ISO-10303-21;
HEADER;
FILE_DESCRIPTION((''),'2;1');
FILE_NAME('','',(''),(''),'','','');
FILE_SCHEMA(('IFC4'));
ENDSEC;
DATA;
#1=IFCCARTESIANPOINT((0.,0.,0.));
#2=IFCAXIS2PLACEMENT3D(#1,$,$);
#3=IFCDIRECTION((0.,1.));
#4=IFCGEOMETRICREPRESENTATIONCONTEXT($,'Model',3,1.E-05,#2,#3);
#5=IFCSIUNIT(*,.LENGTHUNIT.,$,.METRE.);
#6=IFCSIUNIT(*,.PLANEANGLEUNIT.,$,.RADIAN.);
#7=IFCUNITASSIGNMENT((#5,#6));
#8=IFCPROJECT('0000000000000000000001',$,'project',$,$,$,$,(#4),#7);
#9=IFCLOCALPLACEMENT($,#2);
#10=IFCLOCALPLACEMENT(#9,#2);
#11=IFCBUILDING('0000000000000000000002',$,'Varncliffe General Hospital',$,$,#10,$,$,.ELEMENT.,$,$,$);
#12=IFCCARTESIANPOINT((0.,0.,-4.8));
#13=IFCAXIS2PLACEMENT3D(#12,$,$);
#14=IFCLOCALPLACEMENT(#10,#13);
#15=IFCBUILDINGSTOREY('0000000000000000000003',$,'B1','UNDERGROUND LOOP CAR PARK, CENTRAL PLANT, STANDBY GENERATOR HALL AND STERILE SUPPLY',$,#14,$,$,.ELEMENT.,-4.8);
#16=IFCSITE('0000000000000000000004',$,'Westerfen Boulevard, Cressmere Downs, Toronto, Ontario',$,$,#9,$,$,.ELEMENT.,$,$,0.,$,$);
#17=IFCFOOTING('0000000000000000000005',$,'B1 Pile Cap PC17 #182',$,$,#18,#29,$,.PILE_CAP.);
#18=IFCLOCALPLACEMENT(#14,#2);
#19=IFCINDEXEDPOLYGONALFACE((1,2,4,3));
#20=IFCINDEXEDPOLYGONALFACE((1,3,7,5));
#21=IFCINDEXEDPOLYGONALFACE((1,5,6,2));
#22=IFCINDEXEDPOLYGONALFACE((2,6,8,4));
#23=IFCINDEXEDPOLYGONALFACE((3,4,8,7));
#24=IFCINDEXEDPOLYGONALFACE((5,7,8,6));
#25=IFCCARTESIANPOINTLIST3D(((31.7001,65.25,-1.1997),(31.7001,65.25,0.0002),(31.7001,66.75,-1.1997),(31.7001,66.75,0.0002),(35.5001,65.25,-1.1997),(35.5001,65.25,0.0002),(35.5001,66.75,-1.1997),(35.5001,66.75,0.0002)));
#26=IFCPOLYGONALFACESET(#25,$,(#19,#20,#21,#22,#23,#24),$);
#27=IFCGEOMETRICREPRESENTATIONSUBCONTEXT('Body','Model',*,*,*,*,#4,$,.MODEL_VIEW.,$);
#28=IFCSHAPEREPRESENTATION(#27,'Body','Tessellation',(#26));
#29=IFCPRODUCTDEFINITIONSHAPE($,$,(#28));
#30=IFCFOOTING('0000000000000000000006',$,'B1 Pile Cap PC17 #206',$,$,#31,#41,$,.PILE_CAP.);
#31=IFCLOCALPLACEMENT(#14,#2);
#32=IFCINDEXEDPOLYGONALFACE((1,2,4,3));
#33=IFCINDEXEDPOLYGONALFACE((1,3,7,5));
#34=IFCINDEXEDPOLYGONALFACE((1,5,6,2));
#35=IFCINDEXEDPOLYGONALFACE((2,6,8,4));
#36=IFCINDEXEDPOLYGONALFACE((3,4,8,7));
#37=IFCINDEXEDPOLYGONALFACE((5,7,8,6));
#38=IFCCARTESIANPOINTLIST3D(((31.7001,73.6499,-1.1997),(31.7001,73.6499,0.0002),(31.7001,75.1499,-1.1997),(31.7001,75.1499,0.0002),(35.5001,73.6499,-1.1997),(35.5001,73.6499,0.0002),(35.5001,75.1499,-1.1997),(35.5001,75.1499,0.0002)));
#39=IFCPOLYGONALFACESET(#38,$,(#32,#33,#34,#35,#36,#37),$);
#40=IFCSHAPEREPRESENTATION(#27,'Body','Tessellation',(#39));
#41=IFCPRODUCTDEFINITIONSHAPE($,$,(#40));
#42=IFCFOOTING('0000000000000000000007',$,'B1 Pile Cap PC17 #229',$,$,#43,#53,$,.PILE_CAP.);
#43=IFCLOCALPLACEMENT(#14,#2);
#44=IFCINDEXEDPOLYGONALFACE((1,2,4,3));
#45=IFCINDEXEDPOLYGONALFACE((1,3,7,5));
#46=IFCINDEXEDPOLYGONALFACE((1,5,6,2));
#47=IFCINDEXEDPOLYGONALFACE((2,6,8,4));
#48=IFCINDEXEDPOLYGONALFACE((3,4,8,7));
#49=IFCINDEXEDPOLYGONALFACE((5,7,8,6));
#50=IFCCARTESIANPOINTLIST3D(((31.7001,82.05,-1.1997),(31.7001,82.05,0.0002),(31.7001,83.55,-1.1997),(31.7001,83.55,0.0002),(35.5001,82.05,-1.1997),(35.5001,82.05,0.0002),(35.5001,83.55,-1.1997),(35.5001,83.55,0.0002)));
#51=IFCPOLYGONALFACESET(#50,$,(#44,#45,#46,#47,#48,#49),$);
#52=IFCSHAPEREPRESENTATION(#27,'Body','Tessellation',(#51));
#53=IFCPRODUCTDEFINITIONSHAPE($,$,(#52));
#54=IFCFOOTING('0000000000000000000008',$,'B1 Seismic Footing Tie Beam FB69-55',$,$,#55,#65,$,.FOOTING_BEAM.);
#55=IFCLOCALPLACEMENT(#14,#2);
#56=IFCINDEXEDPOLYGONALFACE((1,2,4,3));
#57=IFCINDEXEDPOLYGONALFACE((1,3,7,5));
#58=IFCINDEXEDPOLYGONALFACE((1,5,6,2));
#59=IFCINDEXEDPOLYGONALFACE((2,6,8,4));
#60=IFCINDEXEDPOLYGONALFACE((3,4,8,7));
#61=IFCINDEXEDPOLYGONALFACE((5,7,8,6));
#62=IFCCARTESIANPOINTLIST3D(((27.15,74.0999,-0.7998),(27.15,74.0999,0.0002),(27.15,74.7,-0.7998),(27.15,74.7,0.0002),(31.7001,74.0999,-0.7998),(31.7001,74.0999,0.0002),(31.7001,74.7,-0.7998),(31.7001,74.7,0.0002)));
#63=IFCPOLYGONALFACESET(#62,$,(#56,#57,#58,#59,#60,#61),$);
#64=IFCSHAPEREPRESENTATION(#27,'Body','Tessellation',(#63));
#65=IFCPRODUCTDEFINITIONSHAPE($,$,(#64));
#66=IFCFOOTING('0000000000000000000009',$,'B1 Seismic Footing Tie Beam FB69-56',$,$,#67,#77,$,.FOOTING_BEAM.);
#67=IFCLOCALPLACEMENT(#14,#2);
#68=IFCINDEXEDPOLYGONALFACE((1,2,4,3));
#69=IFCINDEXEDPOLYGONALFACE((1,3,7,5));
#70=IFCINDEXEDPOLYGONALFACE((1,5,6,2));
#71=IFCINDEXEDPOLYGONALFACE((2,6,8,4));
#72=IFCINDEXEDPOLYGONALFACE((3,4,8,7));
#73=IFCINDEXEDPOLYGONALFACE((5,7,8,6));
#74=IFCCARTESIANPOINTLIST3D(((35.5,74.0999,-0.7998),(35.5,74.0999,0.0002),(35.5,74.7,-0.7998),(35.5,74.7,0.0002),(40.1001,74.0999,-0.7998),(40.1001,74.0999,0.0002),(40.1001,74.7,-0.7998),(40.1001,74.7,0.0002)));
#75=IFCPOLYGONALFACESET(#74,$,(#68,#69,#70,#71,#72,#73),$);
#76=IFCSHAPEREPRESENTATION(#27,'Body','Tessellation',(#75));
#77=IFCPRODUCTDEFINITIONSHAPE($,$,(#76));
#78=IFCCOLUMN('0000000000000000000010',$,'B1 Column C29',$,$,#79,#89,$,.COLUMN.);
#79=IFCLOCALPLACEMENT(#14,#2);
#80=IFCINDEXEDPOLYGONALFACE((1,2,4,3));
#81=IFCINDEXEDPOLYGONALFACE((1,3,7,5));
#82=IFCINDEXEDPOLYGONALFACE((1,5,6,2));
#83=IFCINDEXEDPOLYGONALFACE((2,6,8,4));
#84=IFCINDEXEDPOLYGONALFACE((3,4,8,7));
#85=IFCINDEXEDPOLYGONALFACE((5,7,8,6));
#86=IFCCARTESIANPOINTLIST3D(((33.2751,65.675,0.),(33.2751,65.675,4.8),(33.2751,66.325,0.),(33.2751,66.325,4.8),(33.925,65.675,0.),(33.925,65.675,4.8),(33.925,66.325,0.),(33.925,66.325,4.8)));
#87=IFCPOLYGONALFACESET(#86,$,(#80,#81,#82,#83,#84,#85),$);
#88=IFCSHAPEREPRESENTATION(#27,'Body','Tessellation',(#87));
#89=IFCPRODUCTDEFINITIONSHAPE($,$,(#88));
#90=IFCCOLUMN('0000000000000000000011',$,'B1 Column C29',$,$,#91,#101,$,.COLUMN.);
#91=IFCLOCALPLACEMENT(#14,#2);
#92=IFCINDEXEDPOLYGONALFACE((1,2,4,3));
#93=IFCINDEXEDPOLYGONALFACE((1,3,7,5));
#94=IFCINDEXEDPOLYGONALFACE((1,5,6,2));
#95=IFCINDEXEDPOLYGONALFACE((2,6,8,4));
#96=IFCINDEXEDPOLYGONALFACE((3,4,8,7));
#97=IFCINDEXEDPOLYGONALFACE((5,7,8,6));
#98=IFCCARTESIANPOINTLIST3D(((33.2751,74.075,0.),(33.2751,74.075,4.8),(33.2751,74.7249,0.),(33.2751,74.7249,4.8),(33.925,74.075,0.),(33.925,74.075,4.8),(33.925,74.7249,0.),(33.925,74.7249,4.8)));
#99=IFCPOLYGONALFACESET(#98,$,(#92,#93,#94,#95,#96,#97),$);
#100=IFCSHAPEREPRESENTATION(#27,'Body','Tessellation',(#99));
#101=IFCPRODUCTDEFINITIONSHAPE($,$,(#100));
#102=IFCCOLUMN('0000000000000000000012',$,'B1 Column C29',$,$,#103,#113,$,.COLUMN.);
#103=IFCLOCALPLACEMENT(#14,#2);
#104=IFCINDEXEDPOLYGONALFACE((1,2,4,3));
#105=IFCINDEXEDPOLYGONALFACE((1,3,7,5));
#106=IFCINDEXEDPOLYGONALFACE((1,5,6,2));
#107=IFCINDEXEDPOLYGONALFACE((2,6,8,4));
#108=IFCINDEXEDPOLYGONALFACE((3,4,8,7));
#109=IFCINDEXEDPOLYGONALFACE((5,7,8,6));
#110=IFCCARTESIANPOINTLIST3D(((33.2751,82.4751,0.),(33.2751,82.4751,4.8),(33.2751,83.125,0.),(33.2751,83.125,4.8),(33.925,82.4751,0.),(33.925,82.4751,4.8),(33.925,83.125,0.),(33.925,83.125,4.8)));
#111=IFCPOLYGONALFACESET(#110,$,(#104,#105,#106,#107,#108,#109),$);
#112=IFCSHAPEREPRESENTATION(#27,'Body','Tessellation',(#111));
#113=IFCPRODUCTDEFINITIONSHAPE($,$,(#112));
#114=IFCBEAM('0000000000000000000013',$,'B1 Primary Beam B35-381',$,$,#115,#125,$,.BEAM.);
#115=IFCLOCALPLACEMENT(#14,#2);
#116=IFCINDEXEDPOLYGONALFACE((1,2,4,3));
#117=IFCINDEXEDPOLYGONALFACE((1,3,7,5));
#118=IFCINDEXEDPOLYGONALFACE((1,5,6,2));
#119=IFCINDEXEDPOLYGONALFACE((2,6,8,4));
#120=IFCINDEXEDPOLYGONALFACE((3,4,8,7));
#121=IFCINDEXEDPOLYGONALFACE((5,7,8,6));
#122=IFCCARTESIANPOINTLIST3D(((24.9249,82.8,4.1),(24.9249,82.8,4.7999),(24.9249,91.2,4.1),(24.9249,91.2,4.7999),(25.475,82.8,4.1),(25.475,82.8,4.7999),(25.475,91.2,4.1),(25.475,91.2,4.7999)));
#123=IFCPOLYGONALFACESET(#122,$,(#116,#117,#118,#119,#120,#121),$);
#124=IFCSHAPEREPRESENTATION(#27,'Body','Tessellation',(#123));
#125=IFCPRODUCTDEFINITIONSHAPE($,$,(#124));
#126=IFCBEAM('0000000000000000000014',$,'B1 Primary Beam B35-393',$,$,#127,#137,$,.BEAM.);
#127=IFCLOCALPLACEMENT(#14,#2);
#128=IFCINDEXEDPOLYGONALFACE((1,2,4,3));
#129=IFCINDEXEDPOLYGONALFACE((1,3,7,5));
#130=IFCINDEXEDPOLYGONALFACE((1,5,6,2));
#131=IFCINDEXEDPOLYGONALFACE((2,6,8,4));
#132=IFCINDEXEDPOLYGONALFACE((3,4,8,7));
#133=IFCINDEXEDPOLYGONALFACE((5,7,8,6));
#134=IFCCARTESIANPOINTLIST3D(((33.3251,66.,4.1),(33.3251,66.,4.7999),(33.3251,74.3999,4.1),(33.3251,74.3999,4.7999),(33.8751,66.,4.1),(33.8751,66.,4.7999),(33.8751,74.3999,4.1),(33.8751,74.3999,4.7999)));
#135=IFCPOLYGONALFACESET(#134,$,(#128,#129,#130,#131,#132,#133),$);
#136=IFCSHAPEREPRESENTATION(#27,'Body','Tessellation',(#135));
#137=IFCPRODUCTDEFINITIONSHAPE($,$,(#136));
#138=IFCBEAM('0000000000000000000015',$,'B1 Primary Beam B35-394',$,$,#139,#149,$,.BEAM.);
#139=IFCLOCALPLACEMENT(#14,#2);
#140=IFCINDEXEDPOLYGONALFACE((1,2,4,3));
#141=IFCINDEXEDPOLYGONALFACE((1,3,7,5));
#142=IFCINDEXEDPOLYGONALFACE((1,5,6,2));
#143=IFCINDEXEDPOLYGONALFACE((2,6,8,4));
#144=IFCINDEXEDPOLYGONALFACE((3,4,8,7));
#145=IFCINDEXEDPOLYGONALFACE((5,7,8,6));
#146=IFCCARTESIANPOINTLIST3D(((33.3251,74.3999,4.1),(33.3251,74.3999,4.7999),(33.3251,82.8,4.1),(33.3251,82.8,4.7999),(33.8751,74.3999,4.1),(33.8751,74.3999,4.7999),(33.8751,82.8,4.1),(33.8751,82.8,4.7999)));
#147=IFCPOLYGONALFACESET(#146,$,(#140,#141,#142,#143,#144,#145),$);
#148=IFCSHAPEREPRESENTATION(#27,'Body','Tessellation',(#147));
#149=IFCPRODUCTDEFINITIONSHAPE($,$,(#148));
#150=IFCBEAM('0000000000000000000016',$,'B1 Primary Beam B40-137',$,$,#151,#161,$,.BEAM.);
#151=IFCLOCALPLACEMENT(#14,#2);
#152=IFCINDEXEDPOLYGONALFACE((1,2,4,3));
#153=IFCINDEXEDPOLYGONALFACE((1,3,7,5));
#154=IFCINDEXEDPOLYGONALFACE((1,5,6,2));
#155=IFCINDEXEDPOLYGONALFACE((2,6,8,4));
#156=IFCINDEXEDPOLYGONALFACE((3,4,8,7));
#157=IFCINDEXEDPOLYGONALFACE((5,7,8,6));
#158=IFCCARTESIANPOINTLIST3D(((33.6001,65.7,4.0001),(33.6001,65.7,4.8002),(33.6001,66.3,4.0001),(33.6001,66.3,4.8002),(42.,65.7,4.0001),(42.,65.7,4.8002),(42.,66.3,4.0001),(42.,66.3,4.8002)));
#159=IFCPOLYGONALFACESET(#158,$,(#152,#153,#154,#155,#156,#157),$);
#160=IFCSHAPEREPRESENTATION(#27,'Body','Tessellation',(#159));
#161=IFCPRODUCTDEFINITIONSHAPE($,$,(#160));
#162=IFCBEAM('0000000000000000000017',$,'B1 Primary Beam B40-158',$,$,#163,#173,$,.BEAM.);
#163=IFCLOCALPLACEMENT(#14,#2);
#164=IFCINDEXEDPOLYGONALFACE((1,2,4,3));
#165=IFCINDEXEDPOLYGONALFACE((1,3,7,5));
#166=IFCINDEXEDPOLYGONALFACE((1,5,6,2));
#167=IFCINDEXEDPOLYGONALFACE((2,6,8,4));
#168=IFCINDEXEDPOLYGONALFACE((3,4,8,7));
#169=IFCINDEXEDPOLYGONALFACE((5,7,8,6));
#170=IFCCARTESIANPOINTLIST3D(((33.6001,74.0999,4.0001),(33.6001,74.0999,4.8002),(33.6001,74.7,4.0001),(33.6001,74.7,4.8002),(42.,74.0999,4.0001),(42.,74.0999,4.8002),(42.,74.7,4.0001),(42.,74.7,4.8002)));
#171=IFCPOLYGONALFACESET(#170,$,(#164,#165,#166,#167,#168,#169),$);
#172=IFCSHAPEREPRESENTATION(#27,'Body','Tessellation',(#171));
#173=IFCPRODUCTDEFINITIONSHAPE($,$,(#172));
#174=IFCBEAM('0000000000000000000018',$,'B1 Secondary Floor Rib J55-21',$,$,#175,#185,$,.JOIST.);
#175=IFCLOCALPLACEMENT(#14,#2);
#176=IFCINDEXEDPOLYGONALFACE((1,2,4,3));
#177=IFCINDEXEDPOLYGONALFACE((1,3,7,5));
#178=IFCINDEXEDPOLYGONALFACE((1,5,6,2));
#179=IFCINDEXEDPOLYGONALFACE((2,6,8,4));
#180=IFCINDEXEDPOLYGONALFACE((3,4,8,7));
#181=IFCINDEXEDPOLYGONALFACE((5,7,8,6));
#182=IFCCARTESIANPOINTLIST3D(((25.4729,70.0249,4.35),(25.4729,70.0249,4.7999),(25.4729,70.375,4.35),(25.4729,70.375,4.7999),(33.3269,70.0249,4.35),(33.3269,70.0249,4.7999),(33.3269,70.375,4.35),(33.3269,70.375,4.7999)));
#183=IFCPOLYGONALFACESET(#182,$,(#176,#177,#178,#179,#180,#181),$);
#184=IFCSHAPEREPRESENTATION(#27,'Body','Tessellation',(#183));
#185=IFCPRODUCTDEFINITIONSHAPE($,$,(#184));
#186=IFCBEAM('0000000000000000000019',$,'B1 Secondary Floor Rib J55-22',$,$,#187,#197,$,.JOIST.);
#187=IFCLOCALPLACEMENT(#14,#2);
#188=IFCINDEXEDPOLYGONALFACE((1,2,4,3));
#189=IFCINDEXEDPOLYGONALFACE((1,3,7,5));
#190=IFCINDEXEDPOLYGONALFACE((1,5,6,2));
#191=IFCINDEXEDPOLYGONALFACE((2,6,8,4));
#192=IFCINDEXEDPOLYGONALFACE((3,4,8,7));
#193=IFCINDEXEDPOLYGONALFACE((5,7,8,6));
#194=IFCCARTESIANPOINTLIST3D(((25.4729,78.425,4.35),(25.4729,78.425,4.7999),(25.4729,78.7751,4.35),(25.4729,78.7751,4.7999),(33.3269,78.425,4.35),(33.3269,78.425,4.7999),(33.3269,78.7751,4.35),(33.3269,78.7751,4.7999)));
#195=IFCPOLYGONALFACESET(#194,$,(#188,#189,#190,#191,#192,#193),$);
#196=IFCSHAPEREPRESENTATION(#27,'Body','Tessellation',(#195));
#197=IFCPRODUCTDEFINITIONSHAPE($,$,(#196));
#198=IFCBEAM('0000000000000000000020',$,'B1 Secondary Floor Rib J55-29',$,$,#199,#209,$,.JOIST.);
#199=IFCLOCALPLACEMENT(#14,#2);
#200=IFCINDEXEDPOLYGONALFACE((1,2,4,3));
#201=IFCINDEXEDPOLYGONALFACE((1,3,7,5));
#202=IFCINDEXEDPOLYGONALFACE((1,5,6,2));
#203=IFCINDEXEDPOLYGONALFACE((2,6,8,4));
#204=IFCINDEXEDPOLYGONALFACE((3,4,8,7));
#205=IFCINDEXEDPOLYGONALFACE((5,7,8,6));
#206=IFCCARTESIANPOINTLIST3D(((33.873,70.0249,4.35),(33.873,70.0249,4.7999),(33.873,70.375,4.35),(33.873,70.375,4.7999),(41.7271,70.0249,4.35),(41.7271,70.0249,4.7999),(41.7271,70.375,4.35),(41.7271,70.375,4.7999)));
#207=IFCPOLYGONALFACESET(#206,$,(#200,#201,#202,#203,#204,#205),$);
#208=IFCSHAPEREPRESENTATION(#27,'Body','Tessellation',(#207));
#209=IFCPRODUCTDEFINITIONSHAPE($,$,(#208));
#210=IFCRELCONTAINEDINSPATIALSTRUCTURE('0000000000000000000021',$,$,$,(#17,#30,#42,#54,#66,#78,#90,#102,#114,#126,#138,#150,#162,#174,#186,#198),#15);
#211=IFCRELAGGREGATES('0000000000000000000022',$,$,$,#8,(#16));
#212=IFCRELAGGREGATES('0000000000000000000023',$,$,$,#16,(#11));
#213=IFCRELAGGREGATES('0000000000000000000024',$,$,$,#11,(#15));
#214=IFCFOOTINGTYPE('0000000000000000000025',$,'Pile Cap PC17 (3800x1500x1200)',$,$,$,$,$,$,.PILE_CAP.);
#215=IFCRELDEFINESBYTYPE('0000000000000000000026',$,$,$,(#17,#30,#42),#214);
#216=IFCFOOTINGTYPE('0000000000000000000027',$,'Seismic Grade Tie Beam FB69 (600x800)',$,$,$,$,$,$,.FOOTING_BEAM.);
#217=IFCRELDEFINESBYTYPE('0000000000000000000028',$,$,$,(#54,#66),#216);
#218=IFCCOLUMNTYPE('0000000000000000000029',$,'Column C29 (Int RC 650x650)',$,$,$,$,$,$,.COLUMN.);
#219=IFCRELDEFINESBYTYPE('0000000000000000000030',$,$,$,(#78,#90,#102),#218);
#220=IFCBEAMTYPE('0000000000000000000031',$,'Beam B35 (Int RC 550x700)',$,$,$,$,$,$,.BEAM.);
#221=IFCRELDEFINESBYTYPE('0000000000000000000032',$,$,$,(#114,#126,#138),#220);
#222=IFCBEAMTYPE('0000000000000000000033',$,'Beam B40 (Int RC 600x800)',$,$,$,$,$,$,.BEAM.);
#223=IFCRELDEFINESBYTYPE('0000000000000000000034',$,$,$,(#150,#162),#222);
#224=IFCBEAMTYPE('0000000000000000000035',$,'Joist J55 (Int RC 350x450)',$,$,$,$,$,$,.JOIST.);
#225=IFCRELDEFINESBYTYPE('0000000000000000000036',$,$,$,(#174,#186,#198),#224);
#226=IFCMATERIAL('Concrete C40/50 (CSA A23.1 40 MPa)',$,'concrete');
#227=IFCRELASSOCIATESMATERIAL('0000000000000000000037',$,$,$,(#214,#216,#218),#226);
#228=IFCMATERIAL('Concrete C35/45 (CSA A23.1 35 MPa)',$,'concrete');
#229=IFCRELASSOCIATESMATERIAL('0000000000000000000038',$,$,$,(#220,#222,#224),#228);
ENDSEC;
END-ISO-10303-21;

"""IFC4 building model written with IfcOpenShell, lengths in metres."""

from ifc_helpers import new_model, si_unit, direction, frame, origin, origin_2d, place, context, subcontext, project, spatial, rectangle, extrude, material, material_profile, profile_set, type_object, element, save


model = new_model("IFC4")

# Units and contexts
model_context = context("Model", 3, precision=1e-05, world=origin(), true_north=direction((0.0, 1.0)))
body_context = subcontext(model_context, "Body", "Model", "MODEL_VIEW")
ifc_project = project(units=[si_unit("LENGTHUNIT", "METRE"), si_unit("PLANEANGLEUNIT", "RADIAN")], contexts=[model_context])

# Site, building, storey
site_placement = place(None, origin())
site = spatial("IfcSite", under=ifc_project, at=site_placement, Name="Westerfen Boulevard, Cressmere Downs, Toronto, Ontario", CompositionType="ELEMENT", RefElevation=0.0)
building_placement = place(site_placement, origin())
building = spatial("IfcBuilding", under=site, at=building_placement, Name="Varncliffe General Hospital", CompositionType="ELEMENT")
storey_placement = place(building_placement, frame((0.0, 0.0, -4.8)))
storey = spatial("IfcBuildingStorey", under=building, at=storey_placement, Name="B1", Description="UNDERGROUND LOOP CAR PARK, CENTRAL PLANT, STANDBY GENERATOR HALL AND STERILE SUPPLY", CompositionType="ELEMENT", Elevation=-4.8)

# Shared definitions
ifc_material_1 = material(Name="Concrete C40/50 (CSA A23.1 40 MPa)", Category="concrete")

# Footings
footing_type_1 = type_object("IfcFootingType", Name="Pile Cap PC17 (3800x1500x1200)", PredefinedType="PILE_CAP", material=ifc_material_1)
for number, where, z_axis, x_axis, name in (
    (1, (33.6001, 66.0, -1.1997), (0.0, 0.0, 1.0), (1.0, 0.0, 0.0), "B1 Pile Cap PC17 #182"),
    (2, (33.6001, 74.3999, -1.1997), (0.0, 0.0, 1.0), (1.0, 0.0, 0.0), "B1 Pile Cap PC17 #206"),
    (3, (33.6001, 82.8, -1.1997), (0.0, 0.0, 1.0), (1.0, 0.0, 0.0), "B1 Pile Cap PC17 #229"),
):
    element("IfcFooting", number, at=place(storey_placement, frame(where, z_axis=z_axis, x_axis=x_axis)), inside=storey, type_object=footing_type_1, Name=name, PredefinedType="PILE_CAP", context=body_context, shape_type="SweptSolid", body=[
        extrude(rectangle(XDim=3.8, YDim=1.5, at=origin_2d()), origin(), (0.0, 0.0, 1.0), 1.2),
    ])
footing_type_2 = type_object("IfcFootingType", Name="Seismic Grade Tie Beam FB69 (600x800)", PredefinedType="FOOTING_BEAM", material=ifc_material_1)
footing_1_placement = place(storey_placement, frame((29.425, 74.3999, -0.7998), z_axis=(0.0, 0.0, 1.0), x_axis=(1.0, 0.0, 0.0)))
element("IfcFooting", 4, at=footing_1_placement, inside=storey, type_object=footing_type_2, Name="B1 Seismic Footing Tie Beam FB69-55", PredefinedType="FOOTING_BEAM", context=body_context, shape_type="SweptSolid", body=[
    extrude(rectangle(XDim=4.55, YDim=0.6001, at=origin_2d()), origin(), (0.0, 0.0, 1.0), 0.8),
])
footing_2_placement = place(storey_placement, frame((37.8, 74.3999, -0.7998), z_axis=(0.0, 0.0, 1.0), x_axis=(1.0, 0.0, 0.0)))
element("IfcFooting", 5, at=footing_2_placement, inside=storey, type_object=footing_type_2, Name="B1 Seismic Footing Tie Beam FB69-56", PredefinedType="FOOTING_BEAM", context=body_context, shape_type="SweptSolid", body=[
    extrude(rectangle(XDim=4.6001, YDim=0.6001, at=origin_2d()), origin(), (0.0, 0.0, 1.0), 0.8),
])

# Columns
ifc_material_profile_1 = material_profile(ifc_material_1, rectangle(XDim=0.6499, YDim=0.6499, at=origin_2d()), Name="RC 650x650")
ifc_profile_set_1 = profile_set([ifc_material_profile_1], Name="Concrete C40/50 (CSA A23.1 40 MPa)")
column_type = type_object("IfcColumnType", Name="Column C29 (Int RC 650x650)", PredefinedType="COLUMN", material=ifc_profile_set_1)
for number, where, z_axis, x_axis, name in (
    (6, (33.6001, 66.0, 0.0), (0.0, 0.0, 1.0), (1.0, 0.0, 0.0), "B1 Column C29"),
    (7, (33.6001, 74.3999, 0.0), (0.0, 0.0, 1.0), (1.0, 0.0, 0.0), "B1 Column C29"),
    (8, (33.6001, 82.8, 0.0), (0.0, 0.0, 1.0), (1.0, 0.0, 0.0), "B1 Column C29"),
):
    element("IfcColumn", number, at=place(storey_placement, frame(where, z_axis=z_axis, x_axis=x_axis)), inside=storey, type_object=column_type, Name=name, PredefinedType="COLUMN", context=body_context, shape_type="SweptSolid", body=[
        extrude(rectangle(XDim=0.6499, YDim=0.6499, at=origin_2d()), origin(), (0.0, 0.0, 1.0), 4.8),
    ])

# Beams
ifc_material_2 = material(Name="Concrete C35/45 (CSA A23.1 35 MPa)", Category="concrete")
ifc_material_profile_2 = material_profile(ifc_material_2, rectangle(XDim=0.55, YDim=0.7, at=origin_2d()), Name="RC 550x700")
ifc_profile_set_2 = profile_set([ifc_material_profile_2], Name="Concrete C35/45 (CSA A23.1 35 MPa)")
beam_type_1 = type_object("IfcBeamType", Name="Beam B35 (Int RC 550x700)", PredefinedType="BEAM", material=ifc_profile_set_2)
for number, where, z_axis, x_axis, name in (
    (9, (25.2, 82.8, 4.45), (0.0, 1.0, 0.0), (-1.0, 0.0, 0.0), "B1 Primary Beam B35-381"),
    (10, (33.6001, 66.0, 4.45), (0.0, 1.0, 0.0), (-1.0, 0.0, 0.0), "B1 Primary Beam B35-393"),
):
    element("IfcBeam", number, at=place(storey_placement, frame(where, z_axis=z_axis, x_axis=x_axis)), inside=storey, type_object=beam_type_1, Name=name, PredefinedType="BEAM", context=body_context, shape_type="SweptSolid", body=[
        extrude(rectangle(XDim=0.55, YDim=0.7, at=origin_2d()), origin(), (0.0, 0.0, 1.0), 8.3999),
    ])
beam_placement = place(storey_placement, frame((33.6001, 74.3999, 4.45), z_axis=(0.0, 1.0, 0.0), x_axis=(-1.0, 0.0, 0.0)))
element("IfcBeam", 11, at=beam_placement, inside=storey, type_object=beam_type_1, Name="B1 Primary Beam B35-394", PredefinedType="BEAM", context=body_context, shape_type="SweptSolid", body=[
    extrude(rectangle(XDim=0.55, YDim=0.7, at=origin_2d()), origin(), (0.0, 0.0, 1.0), 8.4001),
])
ifc_material_profile_3 = material_profile(ifc_material_2, rectangle(XDim=0.6001, YDim=0.8, at=origin_2d()), Name="RC 600x800")
ifc_profile_set_3 = profile_set([ifc_material_profile_3], Name="Concrete C35/45 (CSA A23.1 35 MPa)")
beam_type_2 = type_object("IfcBeamType", Name="Beam B40 (Int RC 600x800)", PredefinedType="BEAM", material=ifc_profile_set_3)
for number, where, z_axis, x_axis, name in (
    (12, (33.6001, 66.0, 4.4001), (1.0, 0.0, 0.0), (0.0, 1.0, 0.0), "B1 Primary Beam B40-137"),
    (13, (33.6001, 74.3999, 4.4001), (1.0, 0.0, 0.0), (0.0, 1.0, 0.0), "B1 Primary Beam B40-158"),
):
    element("IfcBeam", number, at=place(storey_placement, frame(where, z_axis=z_axis, x_axis=x_axis)), inside=storey, type_object=beam_type_2, Name=name, PredefinedType="BEAM", context=body_context, shape_type="SweptSolid", body=[
        extrude(rectangle(XDim=0.6001, YDim=0.8, at=origin_2d()), origin(), (0.0, 0.0, 1.0), 8.3999),
    ])
ifc_material_profile_4 = material_profile(ifc_material_2, rectangle(XDim=0.3501, YDim=0.45, at=origin_2d()), Name="RC 350x450")
ifc_profile_set_4 = profile_set([ifc_material_profile_4], Name="Concrete C35/45 (CSA A23.1 35 MPa)")
beam_type_3 = type_object("IfcBeamType", Name="Joist J55 (Int RC 350x450)", PredefinedType="JOIST", material=ifc_profile_set_4)
for number, where, z_axis, x_axis, name in (
    (14, (25.4729, 70.2, 4.575), (1.0, 0.0, 0.0), (0.0, 1.0, 0.0), "B1 Secondary Floor Rib J55-21"),
    (15, (25.4729, 78.6001, 4.575), (1.0, 0.0, 0.0), (0.0, 1.0, 0.0), "B1 Secondary Floor Rib J55-22"),
    (16, (33.873, 70.2, 4.575), (1.0, 0.0, 0.0), (0.0, 1.0, 0.0), "B1 Secondary Floor Rib J55-29"),
):
    element("IfcBeam", number, at=place(storey_placement, frame(where, z_axis=z_axis, x_axis=x_axis)), inside=storey, type_object=beam_type_3, Name=name, PredefinedType="JOIST", context=body_context, shape_type="SweptSolid", body=[
        extrude(rectangle(XDim=0.3501, YDim=0.45, at=origin_2d()), origin(), (0.0, 0.0, 1.0), 7.854),
    ])

save(model, "model.ifc")
